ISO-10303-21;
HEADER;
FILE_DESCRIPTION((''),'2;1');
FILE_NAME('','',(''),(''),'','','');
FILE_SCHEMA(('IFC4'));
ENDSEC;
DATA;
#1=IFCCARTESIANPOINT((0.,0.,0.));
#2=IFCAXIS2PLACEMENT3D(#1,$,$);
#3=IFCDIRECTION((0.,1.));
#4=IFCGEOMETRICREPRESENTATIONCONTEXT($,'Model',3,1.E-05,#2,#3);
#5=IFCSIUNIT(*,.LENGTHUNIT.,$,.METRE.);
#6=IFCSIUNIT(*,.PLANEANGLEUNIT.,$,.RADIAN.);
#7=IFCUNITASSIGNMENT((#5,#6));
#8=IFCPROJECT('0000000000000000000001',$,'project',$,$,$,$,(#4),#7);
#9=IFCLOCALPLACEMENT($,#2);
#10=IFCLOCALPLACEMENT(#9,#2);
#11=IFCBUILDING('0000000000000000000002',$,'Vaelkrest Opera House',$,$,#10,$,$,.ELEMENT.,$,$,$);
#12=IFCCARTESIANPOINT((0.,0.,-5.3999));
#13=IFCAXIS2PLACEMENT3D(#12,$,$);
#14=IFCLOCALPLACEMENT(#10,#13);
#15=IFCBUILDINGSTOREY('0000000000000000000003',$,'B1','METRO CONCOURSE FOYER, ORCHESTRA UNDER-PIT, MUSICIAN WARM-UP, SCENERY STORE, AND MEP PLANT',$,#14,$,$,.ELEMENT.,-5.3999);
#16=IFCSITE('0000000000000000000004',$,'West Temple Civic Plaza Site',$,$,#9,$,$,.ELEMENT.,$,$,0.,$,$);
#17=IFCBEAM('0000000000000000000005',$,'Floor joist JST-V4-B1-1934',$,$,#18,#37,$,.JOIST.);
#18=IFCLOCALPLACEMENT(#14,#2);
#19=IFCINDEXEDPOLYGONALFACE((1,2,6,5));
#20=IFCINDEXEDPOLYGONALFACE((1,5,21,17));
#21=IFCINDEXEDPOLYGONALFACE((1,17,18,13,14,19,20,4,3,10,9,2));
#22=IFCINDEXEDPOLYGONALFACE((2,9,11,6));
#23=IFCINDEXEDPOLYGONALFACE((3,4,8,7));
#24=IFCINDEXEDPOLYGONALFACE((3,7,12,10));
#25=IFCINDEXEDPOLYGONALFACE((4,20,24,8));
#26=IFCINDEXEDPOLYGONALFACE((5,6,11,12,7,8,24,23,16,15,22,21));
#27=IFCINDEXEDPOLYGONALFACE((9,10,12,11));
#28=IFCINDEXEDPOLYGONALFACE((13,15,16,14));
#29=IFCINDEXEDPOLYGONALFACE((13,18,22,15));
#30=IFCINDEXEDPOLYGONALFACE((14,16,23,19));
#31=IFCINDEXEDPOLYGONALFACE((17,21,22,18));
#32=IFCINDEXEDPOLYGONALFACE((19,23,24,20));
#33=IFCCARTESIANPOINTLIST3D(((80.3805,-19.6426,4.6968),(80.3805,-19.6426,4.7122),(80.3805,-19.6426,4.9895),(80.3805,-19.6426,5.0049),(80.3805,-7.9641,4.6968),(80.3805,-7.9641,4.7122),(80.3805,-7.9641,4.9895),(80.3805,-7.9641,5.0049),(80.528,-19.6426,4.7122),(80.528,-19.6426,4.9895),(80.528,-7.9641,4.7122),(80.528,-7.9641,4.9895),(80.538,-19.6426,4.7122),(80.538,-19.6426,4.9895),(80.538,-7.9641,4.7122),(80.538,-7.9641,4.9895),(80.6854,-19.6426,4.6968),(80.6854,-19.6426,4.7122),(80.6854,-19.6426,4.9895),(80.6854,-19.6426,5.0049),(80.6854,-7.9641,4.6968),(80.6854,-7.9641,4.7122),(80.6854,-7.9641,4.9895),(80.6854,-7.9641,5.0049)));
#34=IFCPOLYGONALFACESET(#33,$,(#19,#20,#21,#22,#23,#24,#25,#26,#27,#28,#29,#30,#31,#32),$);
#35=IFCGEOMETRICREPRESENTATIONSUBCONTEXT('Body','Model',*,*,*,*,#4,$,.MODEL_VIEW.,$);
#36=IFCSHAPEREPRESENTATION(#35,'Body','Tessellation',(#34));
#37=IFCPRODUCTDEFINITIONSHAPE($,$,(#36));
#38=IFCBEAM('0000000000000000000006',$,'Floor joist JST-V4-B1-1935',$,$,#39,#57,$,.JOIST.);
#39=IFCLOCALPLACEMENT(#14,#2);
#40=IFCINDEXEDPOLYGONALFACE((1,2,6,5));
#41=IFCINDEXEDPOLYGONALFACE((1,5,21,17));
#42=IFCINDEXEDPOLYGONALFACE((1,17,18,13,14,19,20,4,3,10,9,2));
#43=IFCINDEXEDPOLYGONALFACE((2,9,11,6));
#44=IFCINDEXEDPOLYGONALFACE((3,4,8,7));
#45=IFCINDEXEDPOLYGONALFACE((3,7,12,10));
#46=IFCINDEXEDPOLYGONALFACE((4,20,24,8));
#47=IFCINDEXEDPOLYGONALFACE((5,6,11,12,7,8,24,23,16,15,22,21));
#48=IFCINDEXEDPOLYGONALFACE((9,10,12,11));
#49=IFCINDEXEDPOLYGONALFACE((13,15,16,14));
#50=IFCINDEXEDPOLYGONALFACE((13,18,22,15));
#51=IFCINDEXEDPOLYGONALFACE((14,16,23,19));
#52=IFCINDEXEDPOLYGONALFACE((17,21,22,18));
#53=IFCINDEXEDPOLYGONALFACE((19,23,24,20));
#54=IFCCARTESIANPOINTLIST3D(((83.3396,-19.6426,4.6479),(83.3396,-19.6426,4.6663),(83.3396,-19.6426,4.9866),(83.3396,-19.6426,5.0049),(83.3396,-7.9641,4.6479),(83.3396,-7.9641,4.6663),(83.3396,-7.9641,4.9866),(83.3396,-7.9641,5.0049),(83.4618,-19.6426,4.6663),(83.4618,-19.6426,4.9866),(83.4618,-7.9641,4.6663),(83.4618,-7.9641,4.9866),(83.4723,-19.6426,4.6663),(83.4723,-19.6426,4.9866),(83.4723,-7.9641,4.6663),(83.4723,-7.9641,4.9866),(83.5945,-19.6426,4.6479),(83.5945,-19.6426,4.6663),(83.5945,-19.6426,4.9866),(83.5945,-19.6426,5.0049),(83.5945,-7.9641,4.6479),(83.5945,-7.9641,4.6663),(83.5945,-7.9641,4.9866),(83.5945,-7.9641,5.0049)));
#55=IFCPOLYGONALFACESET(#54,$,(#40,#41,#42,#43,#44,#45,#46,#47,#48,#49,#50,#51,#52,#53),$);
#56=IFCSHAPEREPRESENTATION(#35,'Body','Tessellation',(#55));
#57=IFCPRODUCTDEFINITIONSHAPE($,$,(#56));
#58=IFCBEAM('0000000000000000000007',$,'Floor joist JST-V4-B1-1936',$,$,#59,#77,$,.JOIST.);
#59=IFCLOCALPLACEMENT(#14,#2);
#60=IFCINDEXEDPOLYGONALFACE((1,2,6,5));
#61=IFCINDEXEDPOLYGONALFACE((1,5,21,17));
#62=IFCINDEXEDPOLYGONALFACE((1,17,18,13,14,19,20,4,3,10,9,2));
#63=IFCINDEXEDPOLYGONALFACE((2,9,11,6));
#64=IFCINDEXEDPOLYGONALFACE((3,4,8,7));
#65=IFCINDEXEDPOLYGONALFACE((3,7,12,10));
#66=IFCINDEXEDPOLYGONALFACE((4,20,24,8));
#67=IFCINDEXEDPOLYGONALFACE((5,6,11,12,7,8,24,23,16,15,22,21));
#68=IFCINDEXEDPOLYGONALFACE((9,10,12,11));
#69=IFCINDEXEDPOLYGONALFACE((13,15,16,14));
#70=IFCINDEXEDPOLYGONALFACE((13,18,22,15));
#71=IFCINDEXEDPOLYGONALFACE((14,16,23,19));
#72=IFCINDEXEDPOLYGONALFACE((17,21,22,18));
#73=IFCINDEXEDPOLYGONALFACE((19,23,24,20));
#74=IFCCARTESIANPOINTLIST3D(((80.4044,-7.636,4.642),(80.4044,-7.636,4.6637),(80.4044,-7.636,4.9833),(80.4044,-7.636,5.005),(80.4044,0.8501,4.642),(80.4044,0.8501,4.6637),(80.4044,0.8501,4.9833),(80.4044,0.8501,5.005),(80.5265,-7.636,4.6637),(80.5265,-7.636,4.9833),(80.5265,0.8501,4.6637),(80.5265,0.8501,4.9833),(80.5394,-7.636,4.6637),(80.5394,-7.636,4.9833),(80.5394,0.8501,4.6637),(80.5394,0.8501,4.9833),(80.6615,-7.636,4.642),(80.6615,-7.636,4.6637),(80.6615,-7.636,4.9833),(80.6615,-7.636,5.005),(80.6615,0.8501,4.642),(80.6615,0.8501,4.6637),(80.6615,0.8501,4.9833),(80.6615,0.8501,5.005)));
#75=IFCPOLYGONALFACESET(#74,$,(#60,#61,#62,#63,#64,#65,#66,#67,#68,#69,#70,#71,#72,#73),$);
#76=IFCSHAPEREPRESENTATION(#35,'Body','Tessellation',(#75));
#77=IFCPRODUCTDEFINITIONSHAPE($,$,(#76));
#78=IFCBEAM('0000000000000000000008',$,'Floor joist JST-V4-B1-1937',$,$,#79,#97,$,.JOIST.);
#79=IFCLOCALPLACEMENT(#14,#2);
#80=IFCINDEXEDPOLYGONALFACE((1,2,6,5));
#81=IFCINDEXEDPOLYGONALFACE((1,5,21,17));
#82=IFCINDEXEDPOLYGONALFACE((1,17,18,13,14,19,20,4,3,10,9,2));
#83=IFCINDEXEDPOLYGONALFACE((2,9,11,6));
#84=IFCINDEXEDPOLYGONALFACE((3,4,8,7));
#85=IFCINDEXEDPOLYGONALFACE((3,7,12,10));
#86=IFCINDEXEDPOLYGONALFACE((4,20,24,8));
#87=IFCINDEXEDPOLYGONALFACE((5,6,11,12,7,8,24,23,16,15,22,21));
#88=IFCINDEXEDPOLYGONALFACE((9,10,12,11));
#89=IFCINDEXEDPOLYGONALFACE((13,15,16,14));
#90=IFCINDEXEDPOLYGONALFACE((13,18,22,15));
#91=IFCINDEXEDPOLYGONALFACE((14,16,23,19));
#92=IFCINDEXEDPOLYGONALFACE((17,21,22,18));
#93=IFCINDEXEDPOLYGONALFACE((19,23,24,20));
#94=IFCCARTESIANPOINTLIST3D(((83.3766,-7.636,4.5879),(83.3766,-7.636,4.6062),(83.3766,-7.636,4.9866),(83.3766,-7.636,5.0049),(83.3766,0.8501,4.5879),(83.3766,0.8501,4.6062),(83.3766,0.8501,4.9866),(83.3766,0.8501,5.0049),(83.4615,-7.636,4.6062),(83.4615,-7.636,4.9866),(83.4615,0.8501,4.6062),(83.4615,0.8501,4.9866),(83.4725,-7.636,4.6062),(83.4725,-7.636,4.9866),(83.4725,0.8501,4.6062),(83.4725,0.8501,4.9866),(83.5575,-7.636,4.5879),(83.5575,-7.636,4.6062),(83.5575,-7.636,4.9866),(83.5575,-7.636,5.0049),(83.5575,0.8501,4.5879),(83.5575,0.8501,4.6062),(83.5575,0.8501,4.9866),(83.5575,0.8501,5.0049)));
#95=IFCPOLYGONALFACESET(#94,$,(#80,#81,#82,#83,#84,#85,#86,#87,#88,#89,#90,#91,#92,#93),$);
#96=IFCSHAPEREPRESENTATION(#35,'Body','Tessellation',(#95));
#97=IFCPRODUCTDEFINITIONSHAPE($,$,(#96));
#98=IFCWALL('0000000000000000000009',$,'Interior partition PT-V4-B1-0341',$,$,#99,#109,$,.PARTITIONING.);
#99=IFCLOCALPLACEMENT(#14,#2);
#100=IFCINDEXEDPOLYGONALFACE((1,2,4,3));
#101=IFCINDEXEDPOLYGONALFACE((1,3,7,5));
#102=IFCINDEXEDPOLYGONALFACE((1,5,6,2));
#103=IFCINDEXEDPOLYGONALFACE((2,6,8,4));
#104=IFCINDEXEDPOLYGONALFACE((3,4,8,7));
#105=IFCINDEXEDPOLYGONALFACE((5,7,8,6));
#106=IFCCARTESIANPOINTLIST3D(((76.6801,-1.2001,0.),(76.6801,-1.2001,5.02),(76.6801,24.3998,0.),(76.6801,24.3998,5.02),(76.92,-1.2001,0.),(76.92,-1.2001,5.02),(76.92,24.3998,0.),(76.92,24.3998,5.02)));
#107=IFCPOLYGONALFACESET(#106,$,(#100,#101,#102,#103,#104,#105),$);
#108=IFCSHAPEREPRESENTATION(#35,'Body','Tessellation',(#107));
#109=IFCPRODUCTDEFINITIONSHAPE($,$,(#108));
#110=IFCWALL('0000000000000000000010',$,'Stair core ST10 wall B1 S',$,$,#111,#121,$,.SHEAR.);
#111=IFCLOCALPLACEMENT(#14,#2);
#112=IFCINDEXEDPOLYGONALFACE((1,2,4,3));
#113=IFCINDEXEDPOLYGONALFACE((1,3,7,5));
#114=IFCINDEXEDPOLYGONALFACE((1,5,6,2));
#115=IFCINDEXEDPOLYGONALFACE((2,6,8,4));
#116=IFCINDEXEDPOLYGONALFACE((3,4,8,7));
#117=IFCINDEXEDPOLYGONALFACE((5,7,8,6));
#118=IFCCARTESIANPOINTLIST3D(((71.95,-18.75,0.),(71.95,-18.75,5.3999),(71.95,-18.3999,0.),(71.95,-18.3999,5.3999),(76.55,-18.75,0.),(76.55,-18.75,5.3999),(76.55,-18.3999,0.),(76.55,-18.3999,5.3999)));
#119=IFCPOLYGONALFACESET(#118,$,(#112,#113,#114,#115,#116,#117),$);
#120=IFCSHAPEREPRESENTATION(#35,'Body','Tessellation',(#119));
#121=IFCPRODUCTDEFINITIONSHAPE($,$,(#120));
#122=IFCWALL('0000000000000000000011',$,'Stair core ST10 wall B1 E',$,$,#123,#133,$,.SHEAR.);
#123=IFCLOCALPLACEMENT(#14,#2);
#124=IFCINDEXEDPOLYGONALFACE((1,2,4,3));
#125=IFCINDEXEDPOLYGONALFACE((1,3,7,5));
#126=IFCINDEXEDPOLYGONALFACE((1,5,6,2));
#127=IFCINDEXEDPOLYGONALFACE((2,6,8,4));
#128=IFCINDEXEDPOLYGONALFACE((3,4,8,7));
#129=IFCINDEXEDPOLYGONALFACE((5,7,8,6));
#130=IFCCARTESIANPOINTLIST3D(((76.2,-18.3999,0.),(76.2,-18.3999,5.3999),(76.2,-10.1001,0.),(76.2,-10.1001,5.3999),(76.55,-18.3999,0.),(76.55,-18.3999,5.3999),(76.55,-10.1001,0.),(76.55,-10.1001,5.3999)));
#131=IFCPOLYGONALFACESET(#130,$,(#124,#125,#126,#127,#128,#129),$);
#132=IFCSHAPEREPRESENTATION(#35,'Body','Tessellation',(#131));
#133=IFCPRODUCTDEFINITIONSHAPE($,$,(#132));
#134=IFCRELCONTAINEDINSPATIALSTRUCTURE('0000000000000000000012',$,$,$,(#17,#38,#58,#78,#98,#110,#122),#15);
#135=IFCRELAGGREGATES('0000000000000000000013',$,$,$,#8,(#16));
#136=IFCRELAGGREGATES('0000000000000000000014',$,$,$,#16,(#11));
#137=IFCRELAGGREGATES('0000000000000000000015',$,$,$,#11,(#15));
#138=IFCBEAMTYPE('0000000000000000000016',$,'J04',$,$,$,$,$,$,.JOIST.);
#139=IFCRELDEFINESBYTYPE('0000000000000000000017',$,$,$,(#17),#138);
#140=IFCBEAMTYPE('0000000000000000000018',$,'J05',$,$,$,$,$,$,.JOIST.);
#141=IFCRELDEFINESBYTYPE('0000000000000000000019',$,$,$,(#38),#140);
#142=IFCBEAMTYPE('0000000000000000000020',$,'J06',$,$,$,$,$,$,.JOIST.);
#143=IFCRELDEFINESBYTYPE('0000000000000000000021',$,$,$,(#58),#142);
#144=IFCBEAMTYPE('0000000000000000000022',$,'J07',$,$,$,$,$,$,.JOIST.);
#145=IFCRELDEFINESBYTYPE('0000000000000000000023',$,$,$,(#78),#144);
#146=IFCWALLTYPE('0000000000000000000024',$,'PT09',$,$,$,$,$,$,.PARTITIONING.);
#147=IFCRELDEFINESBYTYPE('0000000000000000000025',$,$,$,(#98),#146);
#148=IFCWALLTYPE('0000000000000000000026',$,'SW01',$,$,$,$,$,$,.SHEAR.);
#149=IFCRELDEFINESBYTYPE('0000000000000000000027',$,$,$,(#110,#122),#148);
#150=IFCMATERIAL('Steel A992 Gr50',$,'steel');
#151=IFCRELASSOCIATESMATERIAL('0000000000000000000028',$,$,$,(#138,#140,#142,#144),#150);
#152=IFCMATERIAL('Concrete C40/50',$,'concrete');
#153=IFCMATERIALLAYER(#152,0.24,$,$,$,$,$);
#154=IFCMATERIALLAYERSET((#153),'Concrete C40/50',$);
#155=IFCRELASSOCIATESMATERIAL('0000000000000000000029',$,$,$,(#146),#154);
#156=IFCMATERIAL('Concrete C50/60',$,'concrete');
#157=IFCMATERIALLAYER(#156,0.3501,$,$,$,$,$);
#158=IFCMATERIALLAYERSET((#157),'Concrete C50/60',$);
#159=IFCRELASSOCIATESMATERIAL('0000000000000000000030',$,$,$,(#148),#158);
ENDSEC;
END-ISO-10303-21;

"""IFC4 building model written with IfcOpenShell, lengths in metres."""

from ifc_helpers import new_model, si_unit, direction, frame, frame_2d, origin, origin_2d, place, context, subcontext, project, spatial, rectangle, i_section, extrude, material, layer, layer_set, material_profile, profile_set, type_object, element, save


model = new_model("IFC4")

# Units and contexts
model_context = context("Model", 3, precision=1e-05, world=origin(), true_north=direction((0.0, 1.0)))
body_context = subcontext(model_context, "Body", "Model", "MODEL_VIEW")
ifc_project = project(units=[si_unit("LENGTHUNIT", "METRE"), si_unit("PLANEANGLEUNIT", "RADIAN")], contexts=[model_context])

# Site, building, storey
site_placement = place(None, origin())
site = spatial("IfcSite", under=ifc_project, at=site_placement, Name="West Temple Civic Plaza Site", CompositionType="ELEMENT", RefElevation=0.0)
building_placement = place(site_placement, origin())
building = spatial("IfcBuilding", under=site, at=building_placement, Name="Vaelkrest Opera House", CompositionType="ELEMENT")
storey_placement = place(building_placement, frame((0.0, 0.0, -5.3999)))
storey = spatial("IfcBuildingStorey", under=building, at=storey_placement, Name="B1", Description="METRO CONCOURSE FOYER, ORCHESTRA UNDER-PIT, MUSICIAN WARM-UP, SCENERY STORE, AND MEP PLANT", CompositionType="ELEMENT", Elevation=-5.3999)

# Shared definitions
ifc_material_1 = material(Name="Concrete C40/50", Category="concrete")

# Shared definitions
ifc_material_2 = material(Name="Concrete C50/60", Category="concrete")

# Beams
ifc_material_3 = material(Name="Steel A992 Gr50", Category="steel")
ifc_material_profile_1 = material_profile(ifc_material_3, i_section(OverallWidth=0.3049, OverallDepth=0.3081, WebThickness=0.01, FlangeThickness=0.0154, at=origin_2d()), Name="W12X65")
ifc_profile_set_1 = profile_set([ifc_material_profile_1], Name="Steel A992 Gr50")
beam_type_1 = type_object("IfcBeamType", Name="J04", PredefinedType="JOIST", material=ifc_profile_set_1)
beam_1_placement = place(storey_placement, frame((80.533, -19.6426, 4.8508), z_axis=(0.0, 1.0, 0.0), x_axis=(-1.0, 0.0, 0.0)))
element("IfcBeam", 1, at=beam_1_placement, inside=storey, type_object=beam_type_1, Name="Floor joist JST-V4-B1-1934", PredefinedType="JOIST", context=body_context, shape_type="SweptSolid", body=[
    extrude(i_section(OverallWidth=0.3049, OverallDepth=0.3081, WebThickness=0.01, FlangeThickness=0.0154, at=origin_2d()), origin(), (0.0, 0.0, 1.0), 11.6785),
])
ifc_material_profile_2 = material_profile(ifc_material_3, i_section(OverallWidth=0.2549, OverallDepth=0.3569, WebThickness=0.0105, FlangeThickness=0.0183, at=origin_2d()), Name="W14X68")
ifc_profile_set_2 = profile_set([ifc_material_profile_2], Name="Steel A992 Gr50")
beam_type_2 = type_object("IfcBeamType", Name="J05", PredefinedType="JOIST", material=ifc_profile_set_2)
beam_2_placement = place(storey_placement, frame((83.467, -19.6426, 4.8264), z_axis=(0.0, 1.0, 0.0), x_axis=(-1.0, 0.0, 0.0)))
element("IfcBeam", 2, at=beam_2_placement, inside=storey, type_object=beam_type_2, Name="Floor joist JST-V4-B1-1935", PredefinedType="JOIST", context=body_context, shape_type="SweptSolid", body=[
    extrude(i_section(OverallWidth=0.2549, OverallDepth=0.3569, WebThickness=0.0105, FlangeThickness=0.0183, at=origin_2d()), origin(), (0.0, 0.0, 1.0), 11.6785),
])
ifc_material_profile_3 = material_profile(ifc_material_3, i_section(OverallWidth=0.2571, OverallDepth=0.363, WebThickness=0.0129, FlangeThickness=0.0217, at=origin_2d()), Name="W14X82")
ifc_profile_set_3 = profile_set([ifc_material_profile_3], Name="Steel A992 Gr50")
beam_type_3 = type_object("IfcBeamType", Name="J06", PredefinedType="JOIST", material=ifc_profile_set_3)
beam_3_placement = place(storey_placement, frame((80.533, -7.636, 4.8235), z_axis=(0.0, 1.0, 0.0), x_axis=(-1.0, 0.0, 0.0)))
element("IfcBeam", 3, at=beam_3_placement, inside=storey, type_object=beam_type_3, Name="Floor joist JST-V4-B1-1936", PredefinedType="JOIST", context=body_context, shape_type="SweptSolid", body=[
    extrude(i_section(OverallWidth=0.2571, OverallDepth=0.363, WebThickness=0.0129, FlangeThickness=0.0217, at=origin_2d()), origin(), (0.0, 0.0, 1.0), 8.4861),
])
ifc_material_profile_4 = material_profile(ifc_material_3, i_section(OverallWidth=0.1809, OverallDepth=0.417, WebThickness=0.011, FlangeThickness=0.0183, at=origin_2d()), Name="W16X57")
ifc_profile_set_4 = profile_set([ifc_material_profile_4], Name="Steel A992 Gr50")
beam_type_4 = type_object("IfcBeamType", Name="J07", PredefinedType="JOIST", material=ifc_profile_set_4)
beam_4_placement = place(storey_placement, frame((83.467, -7.636, 4.7964), z_axis=(0.0, 1.0, 0.0), x_axis=(-1.0, 0.0, 0.0)))
element("IfcBeam", 4, at=beam_4_placement, inside=storey, type_object=beam_type_4, Name="Floor joist JST-V4-B1-1937", PredefinedType="JOIST", context=body_context, shape_type="SweptSolid", body=[
    extrude(i_section(OverallWidth=0.1809, OverallDepth=0.417, WebThickness=0.011, FlangeThickness=0.0183, at=origin_2d()), origin(), (0.0, 0.0, 1.0), 8.4861),
])

# Walls
ifc_layer_1 = layer(ifc_material_1, 0.24)
ifc_layer_set_1 = layer_set([ifc_layer_1], Name="Concrete C40/50")
wall_type_1 = type_object("IfcWallType", Name="PT09", PredefinedType="PARTITIONING", material=ifc_layer_set_1)
wall_1_placement = place(storey_placement, frame((76.8, -1.2, 0.0), z_axis=(0.0, 0.0, 1.0), x_axis=(0.0, 1.0, 0.0)))
element("IfcWall", 5, at=wall_1_placement, inside=storey, type_object=wall_type_1, Name="Interior partition PT-V4-B1-0341", PredefinedType="PARTITIONING", context=body_context, shape_type="SweptSolid", body=[
    extrude(rectangle(XDim=25.5999, YDim=0.24, at=frame_2d((12.7998, 0.0))), origin(), (0.0, 0.0, 1.0), 5.02),
])
ifc_layer_2 = layer(ifc_material_2, 0.3501)
ifc_layer_set_2 = layer_set([ifc_layer_2], Name="Concrete C50/60")
wall_type_2 = type_object("IfcWallType", Name="SW01", PredefinedType="SHEAR", material=ifc_layer_set_2)
wall_2_placement = place(storey_placement, frame((76.55, -18.575, 0.0), z_axis=(0.0, 0.0, 1.0), x_axis=(-1.0, 0.0, 0.0)))
element("IfcWall", 6, at=wall_2_placement, inside=storey, type_object=wall_type_2, Name="Stair core ST10 wall B1 S", PredefinedType="SHEAR", context=body_context, shape_type="SweptSolid", body=[
    extrude(rectangle(XDim=4.6001, YDim=0.3501, at=frame_2d((2.3, 0.0))), origin(), (0.0, 0.0, 1.0), 5.3999),
])
wall_3_placement = place(storey_placement, frame((76.375, -10.1001, 0.0), z_axis=(0.0, 0.0, 1.0), x_axis=(0.0, -1.0, 0.0)))
element("IfcWall", 7, at=wall_3_placement, inside=storey, type_object=wall_type_2, Name="Stair core ST10 wall B1 E", PredefinedType="SHEAR", context=body_context, shape_type="SweptSolid", body=[
    extrude(rectangle(XDim=8.2998, YDim=0.3501, at=frame_2d((4.1499, 0.0))), origin(), (0.0, 0.0, 1.0), 5.3999),
])

save(model, "model.ifc")
